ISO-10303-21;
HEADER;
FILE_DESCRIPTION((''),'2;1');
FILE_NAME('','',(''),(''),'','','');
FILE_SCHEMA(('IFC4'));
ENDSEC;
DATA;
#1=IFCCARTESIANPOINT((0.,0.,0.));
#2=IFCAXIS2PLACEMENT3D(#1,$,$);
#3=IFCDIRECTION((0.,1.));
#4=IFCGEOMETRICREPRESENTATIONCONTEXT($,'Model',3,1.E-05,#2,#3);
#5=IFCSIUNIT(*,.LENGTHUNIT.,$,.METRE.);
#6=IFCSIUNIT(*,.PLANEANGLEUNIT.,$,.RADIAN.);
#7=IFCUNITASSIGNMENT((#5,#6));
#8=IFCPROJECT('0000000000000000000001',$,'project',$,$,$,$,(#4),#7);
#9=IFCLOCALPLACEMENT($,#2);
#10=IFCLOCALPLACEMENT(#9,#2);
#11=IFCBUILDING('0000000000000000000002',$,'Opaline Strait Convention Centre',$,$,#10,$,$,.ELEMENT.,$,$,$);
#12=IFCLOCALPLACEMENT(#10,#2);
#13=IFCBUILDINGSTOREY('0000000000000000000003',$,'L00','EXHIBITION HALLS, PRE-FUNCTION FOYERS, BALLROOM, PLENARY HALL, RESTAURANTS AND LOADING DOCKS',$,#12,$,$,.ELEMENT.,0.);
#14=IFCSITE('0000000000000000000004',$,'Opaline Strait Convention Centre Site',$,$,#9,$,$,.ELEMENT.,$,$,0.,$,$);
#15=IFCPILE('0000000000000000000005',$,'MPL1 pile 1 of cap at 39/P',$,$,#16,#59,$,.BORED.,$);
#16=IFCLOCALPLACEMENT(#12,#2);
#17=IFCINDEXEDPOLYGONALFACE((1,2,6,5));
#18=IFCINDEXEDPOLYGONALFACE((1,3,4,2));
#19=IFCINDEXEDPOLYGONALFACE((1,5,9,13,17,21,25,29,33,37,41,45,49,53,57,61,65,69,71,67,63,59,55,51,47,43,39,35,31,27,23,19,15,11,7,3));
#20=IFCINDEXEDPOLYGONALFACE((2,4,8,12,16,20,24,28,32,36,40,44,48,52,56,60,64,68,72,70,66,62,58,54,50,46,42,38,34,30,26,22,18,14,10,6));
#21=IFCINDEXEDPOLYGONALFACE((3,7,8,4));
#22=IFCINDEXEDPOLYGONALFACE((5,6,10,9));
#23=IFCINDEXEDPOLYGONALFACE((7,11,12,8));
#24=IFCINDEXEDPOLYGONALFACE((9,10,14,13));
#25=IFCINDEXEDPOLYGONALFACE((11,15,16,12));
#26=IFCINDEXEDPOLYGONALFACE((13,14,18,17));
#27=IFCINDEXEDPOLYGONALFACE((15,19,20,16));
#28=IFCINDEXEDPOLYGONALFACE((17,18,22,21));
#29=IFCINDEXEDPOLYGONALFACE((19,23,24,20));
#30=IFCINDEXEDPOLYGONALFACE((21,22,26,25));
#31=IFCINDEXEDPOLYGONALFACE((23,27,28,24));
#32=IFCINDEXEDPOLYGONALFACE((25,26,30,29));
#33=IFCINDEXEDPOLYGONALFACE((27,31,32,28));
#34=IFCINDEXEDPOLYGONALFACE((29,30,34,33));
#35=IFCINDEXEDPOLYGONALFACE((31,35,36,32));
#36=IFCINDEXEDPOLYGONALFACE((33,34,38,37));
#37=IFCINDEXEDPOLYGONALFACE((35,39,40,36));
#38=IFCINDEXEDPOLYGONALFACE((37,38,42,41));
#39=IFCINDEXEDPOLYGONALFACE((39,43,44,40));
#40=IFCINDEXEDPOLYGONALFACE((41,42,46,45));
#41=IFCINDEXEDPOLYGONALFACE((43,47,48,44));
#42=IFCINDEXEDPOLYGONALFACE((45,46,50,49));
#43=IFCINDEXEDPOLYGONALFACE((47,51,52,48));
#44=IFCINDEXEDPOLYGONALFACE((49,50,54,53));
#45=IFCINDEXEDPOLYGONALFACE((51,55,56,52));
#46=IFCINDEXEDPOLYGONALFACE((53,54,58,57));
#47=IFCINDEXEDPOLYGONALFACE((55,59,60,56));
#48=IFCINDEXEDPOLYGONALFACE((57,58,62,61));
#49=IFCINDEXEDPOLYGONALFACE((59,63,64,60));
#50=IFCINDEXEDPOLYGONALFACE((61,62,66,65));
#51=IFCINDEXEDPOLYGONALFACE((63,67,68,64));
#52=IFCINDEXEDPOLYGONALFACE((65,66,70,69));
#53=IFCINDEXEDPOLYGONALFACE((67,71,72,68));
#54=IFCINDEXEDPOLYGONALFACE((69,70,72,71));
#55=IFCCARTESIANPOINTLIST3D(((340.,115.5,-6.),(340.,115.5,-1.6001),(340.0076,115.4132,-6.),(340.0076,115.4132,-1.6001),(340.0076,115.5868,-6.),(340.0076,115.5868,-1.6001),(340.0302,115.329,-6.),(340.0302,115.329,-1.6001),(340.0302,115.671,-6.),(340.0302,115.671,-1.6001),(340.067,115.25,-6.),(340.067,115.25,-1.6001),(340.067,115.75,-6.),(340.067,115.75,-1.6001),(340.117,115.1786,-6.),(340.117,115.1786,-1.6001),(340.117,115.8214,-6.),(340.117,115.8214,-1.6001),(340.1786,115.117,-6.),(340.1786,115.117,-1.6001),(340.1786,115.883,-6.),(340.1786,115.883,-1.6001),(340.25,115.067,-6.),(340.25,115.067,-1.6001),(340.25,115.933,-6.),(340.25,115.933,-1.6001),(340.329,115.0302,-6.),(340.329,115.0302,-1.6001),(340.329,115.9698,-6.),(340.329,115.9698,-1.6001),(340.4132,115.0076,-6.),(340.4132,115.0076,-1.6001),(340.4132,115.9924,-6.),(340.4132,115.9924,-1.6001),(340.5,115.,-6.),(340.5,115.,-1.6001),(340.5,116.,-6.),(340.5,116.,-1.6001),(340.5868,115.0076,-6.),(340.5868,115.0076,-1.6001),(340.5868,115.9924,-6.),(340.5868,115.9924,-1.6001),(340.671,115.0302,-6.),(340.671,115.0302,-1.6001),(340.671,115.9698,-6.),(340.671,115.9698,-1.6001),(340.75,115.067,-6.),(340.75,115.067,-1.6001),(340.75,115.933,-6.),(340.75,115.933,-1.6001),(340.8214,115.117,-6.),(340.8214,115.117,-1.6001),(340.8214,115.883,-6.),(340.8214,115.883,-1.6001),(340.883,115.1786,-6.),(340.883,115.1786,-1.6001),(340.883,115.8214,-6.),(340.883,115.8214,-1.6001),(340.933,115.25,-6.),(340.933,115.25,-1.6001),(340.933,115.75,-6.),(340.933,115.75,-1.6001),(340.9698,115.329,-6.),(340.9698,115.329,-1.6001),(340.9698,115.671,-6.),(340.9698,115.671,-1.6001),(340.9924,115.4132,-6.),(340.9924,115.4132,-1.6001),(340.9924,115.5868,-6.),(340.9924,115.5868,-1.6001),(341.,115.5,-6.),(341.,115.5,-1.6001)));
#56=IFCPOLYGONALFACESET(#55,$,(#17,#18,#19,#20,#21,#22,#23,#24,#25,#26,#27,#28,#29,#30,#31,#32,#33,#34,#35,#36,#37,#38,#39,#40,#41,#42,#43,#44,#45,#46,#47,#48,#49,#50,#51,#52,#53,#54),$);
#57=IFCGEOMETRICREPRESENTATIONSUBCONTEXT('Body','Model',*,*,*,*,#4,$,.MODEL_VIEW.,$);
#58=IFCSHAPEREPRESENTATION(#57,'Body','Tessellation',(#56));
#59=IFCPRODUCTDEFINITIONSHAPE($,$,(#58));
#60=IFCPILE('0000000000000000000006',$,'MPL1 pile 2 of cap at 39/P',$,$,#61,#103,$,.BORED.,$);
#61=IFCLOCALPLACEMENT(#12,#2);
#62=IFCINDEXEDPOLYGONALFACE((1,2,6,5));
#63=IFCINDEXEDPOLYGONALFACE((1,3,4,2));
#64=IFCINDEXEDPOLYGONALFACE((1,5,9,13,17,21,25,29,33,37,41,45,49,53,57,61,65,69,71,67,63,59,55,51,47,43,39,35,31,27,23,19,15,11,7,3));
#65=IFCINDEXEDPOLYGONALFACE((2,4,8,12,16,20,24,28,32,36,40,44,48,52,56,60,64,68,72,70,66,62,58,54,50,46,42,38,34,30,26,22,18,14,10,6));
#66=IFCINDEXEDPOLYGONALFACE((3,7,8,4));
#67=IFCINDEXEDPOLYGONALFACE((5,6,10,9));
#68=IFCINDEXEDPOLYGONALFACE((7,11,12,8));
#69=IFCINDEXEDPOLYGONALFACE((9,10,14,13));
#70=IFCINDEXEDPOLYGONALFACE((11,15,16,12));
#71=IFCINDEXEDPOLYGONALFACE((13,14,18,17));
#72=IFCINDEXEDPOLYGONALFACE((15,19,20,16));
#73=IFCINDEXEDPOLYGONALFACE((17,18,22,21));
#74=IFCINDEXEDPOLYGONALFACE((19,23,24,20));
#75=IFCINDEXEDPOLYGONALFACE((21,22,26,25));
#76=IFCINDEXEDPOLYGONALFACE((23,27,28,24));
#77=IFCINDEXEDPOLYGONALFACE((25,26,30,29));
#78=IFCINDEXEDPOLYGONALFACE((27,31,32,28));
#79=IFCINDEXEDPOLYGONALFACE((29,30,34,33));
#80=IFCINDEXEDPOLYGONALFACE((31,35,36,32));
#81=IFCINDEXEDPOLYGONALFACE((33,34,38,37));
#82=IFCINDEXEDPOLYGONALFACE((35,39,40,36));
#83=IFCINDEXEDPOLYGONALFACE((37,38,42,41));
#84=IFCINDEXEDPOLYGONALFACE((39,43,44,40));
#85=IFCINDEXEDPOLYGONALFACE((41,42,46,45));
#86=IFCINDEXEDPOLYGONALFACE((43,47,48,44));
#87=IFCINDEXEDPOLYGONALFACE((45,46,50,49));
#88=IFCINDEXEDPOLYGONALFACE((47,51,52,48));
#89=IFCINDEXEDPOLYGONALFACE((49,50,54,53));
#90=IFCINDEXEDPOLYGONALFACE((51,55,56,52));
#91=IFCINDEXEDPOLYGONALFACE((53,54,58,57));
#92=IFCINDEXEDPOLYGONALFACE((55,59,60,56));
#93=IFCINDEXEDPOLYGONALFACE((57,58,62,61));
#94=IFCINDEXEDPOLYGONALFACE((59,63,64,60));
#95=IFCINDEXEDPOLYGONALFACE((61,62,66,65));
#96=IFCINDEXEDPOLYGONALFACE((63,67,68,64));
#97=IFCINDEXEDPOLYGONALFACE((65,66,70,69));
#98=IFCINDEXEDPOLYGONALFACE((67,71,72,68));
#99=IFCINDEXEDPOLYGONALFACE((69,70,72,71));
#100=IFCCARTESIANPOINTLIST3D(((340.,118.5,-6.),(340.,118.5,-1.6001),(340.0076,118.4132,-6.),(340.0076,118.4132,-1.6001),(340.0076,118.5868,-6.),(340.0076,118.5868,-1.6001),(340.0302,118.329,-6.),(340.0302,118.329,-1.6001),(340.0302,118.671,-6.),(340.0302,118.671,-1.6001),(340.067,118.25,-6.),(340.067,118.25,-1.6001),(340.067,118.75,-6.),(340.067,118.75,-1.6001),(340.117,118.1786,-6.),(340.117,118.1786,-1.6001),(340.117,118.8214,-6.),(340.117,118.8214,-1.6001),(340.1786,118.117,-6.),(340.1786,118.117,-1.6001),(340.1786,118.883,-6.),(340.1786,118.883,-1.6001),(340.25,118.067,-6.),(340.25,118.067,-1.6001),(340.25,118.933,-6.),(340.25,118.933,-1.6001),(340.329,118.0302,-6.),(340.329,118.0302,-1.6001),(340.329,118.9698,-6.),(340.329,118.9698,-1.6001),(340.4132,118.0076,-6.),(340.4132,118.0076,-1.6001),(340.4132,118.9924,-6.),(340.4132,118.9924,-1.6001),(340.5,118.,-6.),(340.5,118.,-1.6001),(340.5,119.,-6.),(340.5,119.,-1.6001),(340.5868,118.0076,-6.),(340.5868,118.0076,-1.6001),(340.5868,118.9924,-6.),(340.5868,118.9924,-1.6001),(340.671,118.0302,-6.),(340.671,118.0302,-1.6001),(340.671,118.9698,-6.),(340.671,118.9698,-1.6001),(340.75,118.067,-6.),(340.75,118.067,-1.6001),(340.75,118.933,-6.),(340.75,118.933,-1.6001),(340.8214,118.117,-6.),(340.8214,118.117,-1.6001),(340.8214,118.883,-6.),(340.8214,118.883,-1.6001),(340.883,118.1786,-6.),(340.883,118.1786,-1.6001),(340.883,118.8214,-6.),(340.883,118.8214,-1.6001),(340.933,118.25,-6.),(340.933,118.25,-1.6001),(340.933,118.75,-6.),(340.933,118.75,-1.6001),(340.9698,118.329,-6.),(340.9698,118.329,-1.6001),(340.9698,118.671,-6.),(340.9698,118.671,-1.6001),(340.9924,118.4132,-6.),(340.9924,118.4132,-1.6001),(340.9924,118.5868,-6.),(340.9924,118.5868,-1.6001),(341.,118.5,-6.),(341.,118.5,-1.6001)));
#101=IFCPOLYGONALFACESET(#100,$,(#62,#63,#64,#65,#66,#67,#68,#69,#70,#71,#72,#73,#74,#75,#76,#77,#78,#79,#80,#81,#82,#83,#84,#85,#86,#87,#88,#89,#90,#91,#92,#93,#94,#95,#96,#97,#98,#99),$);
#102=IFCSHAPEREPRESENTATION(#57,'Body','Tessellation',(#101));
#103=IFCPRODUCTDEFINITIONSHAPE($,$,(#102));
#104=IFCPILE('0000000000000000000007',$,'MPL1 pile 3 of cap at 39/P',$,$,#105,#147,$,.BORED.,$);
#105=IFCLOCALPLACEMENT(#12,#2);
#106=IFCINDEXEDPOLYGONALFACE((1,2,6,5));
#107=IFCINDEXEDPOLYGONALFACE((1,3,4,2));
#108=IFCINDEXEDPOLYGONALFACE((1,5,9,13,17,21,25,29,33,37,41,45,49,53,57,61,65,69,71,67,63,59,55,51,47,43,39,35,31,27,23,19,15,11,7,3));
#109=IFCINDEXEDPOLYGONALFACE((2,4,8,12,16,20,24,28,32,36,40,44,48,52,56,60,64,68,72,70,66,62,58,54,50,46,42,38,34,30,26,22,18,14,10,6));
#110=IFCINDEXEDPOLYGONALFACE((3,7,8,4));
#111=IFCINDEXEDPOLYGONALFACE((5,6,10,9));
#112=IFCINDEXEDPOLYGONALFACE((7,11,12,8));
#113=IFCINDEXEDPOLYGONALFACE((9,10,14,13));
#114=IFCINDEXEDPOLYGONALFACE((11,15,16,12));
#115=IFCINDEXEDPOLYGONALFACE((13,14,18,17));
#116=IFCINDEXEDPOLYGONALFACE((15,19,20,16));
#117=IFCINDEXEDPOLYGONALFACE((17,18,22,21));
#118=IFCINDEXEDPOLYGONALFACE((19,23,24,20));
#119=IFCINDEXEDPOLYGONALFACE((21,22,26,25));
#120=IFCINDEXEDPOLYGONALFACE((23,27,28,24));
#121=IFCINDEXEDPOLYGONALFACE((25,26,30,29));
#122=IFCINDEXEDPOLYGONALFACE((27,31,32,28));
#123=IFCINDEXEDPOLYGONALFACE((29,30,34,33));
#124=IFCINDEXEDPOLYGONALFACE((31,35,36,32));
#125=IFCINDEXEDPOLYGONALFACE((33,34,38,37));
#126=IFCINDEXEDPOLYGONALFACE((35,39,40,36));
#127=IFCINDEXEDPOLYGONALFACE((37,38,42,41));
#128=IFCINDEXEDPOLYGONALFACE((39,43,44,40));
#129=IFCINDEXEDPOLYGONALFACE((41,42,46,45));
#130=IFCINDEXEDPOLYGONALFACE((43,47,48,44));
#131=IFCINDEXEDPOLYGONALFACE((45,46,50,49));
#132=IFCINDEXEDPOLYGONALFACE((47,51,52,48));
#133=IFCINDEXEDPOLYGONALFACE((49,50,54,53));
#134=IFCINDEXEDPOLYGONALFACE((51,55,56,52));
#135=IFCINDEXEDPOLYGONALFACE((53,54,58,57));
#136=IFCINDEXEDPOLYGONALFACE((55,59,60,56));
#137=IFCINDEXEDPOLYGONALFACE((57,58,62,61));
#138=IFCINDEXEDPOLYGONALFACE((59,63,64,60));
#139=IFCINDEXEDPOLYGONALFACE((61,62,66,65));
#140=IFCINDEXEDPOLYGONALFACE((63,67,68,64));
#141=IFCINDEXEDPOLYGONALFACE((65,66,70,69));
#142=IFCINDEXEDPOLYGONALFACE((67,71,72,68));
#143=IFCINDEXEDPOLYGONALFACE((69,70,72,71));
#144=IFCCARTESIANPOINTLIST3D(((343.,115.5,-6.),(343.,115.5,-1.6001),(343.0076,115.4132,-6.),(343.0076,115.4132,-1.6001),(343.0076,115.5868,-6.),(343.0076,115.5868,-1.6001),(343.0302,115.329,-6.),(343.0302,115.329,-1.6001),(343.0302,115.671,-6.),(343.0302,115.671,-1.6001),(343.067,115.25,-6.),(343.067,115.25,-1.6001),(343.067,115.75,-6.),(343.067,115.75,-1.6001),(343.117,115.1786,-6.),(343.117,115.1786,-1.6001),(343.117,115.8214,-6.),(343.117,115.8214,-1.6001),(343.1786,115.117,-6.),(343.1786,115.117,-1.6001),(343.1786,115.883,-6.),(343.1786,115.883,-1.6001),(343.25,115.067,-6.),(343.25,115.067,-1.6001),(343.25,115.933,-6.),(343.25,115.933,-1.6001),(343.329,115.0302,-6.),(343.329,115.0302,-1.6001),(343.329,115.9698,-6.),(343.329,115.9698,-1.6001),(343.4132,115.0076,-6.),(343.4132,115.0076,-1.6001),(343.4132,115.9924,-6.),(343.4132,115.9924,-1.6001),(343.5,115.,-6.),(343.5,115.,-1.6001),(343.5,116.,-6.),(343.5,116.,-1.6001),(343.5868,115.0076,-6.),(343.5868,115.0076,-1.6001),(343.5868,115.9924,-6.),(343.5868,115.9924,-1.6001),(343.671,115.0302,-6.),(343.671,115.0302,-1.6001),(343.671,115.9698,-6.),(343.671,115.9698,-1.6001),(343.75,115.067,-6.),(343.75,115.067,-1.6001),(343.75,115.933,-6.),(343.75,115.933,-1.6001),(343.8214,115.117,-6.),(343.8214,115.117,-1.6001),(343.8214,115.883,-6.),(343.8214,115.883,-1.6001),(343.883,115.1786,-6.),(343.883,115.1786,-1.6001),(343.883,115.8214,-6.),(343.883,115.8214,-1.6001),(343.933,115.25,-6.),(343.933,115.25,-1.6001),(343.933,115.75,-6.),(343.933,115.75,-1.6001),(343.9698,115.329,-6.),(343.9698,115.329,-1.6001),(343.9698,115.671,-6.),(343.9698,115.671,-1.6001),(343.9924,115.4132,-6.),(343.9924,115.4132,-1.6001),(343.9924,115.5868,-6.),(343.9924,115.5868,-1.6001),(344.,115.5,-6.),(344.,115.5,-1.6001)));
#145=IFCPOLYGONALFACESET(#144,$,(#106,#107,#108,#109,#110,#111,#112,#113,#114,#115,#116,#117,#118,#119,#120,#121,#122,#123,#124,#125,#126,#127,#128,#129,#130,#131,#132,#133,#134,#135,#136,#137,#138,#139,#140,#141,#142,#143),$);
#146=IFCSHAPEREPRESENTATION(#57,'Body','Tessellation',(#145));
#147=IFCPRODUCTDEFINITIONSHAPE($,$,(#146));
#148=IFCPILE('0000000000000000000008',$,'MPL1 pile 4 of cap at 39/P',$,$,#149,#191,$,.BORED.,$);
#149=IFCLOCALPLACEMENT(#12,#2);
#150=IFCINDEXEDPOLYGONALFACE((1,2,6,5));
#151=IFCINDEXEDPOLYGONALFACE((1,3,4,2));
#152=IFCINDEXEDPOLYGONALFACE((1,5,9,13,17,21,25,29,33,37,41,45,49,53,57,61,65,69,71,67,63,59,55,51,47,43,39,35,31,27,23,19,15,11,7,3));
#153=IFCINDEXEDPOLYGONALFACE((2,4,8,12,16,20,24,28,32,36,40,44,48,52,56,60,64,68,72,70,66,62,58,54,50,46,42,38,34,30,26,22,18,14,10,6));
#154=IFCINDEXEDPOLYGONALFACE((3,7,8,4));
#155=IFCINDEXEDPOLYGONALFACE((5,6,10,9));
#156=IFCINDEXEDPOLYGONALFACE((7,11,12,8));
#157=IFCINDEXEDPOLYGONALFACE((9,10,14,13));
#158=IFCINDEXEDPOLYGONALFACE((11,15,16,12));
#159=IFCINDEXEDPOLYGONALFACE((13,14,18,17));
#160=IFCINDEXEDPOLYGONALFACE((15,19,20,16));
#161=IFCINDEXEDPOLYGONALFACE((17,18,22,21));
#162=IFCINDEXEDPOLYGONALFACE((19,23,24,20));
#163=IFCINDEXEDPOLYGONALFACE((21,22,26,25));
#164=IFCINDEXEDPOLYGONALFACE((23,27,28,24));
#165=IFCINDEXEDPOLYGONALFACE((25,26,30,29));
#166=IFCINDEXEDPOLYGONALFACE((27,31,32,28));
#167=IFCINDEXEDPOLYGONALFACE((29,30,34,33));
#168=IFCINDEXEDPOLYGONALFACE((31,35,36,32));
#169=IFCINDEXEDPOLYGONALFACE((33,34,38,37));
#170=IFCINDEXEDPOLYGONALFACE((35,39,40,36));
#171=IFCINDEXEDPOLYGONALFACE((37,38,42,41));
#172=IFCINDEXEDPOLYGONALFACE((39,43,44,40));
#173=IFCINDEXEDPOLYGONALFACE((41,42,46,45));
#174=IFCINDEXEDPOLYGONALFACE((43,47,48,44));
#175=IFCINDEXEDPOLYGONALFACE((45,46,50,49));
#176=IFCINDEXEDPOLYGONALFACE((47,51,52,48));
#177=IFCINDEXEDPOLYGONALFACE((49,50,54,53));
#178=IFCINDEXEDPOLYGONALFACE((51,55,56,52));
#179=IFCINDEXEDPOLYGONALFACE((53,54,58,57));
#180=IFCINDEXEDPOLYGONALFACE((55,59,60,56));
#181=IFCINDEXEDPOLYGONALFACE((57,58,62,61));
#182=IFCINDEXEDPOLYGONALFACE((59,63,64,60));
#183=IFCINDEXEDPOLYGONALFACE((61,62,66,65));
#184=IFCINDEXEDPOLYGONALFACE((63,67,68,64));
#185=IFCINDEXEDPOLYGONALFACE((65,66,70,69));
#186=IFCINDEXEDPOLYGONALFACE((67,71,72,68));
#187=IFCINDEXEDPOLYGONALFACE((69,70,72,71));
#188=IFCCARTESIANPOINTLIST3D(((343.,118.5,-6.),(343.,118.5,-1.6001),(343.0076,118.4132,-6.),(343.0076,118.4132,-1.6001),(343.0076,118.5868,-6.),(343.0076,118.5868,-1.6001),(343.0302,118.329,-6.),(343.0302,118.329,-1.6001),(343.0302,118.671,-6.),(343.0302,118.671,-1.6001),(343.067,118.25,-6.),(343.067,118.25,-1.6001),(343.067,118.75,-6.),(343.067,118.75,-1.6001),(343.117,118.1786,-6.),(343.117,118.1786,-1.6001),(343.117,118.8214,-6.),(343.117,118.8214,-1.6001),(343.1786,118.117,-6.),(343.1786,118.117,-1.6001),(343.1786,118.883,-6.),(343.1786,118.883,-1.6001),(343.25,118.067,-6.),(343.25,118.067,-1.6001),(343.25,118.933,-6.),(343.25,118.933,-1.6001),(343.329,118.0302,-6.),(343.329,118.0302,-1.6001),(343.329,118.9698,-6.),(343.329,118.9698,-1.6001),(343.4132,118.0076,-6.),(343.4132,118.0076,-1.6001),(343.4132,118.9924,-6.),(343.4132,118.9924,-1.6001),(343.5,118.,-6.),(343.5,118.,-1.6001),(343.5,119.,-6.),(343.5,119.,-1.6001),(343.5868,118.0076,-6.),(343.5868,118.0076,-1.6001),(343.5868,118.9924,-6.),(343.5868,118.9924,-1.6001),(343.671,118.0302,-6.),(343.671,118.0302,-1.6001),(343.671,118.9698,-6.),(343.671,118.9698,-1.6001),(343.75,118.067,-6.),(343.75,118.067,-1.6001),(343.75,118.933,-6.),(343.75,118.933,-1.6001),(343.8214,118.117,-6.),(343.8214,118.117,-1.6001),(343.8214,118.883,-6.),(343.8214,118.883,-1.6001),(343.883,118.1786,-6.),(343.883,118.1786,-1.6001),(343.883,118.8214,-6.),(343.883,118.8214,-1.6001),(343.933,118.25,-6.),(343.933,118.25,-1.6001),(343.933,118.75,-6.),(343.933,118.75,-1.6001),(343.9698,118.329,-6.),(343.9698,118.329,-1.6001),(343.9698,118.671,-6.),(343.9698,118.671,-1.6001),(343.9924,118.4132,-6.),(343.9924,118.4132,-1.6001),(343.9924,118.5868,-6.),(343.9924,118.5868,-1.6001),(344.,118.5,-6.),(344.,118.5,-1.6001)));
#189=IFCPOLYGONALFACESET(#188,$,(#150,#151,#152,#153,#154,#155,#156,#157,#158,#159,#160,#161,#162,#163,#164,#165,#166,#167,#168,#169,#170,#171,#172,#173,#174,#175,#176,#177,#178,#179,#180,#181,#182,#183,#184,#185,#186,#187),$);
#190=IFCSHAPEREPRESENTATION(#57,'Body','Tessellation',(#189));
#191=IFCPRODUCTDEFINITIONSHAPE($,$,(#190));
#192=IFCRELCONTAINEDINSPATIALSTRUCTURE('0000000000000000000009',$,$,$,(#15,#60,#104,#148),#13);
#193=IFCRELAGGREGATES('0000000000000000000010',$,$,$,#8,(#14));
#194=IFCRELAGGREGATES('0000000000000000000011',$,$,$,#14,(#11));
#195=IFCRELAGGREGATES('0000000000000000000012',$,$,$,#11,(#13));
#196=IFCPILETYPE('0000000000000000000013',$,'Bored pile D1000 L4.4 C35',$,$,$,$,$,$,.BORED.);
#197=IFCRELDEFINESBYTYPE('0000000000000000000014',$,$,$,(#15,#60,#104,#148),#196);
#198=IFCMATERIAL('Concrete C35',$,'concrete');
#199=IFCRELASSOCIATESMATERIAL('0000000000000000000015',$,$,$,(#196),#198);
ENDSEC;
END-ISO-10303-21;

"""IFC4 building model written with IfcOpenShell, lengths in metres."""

from ifc_helpers import new_model, si_unit, direction, frame, origin, origin_2d, place, context, subcontext, project, spatial, circle, extrude, material, material_profile, profile_set, type_object, element, save


model = new_model("IFC4")

# Units and contexts
model_context = context("Model", 3, precision=1e-05, world=origin(), true_north=direction((0.0, 1.0)))
body_context = subcontext(model_context, "Body", "Model", "MODEL_VIEW")
ifc_project = project(units=[si_unit("LENGTHUNIT", "METRE"), si_unit("PLANEANGLEUNIT", "RADIAN")], contexts=[model_context])

# Site, building, storey
site_placement = place(None, origin())
site = spatial("IfcSite", under=ifc_project, at=site_placement, Name="Opaline Strait Convention Centre Site", CompositionType="ELEMENT", RefElevation=0.0)
building_placement = place(site_placement, origin())
building = spatial("IfcBuilding", under=site, at=building_placement, Name="Opaline Strait Convention Centre", CompositionType="ELEMENT")
storey_placement = place(building_placement, origin())
storey = spatial("IfcBuildingStorey", under=building, at=storey_placement, Name="L00", Description="EXHIBITION HALLS, PRE-FUNCTION FOYERS, BALLROOM, PLENARY HALL, RESTAURANTS AND LOADING DOCKS", CompositionType="ELEMENT", Elevation=0.0)

# Piles
ifc_material_1 = material(Name="Concrete C35", Category="concrete")
ifc_material_profile_1 = material_profile(ifc_material_1, circle(Radius=0.5, at=origin_2d()), Name="D1000")
ifc_profile_set_1 = profile_set([ifc_material_profile_1], Name="Concrete C35")
pile_type = type_object("IfcPileType", Name="Bored pile D1000 L4.4 C35", PredefinedType="BORED", material=ifc_profile_set_1)
for number, where, z_axis, x_axis, name in (
    (1, (340.5, 115.5, -1.6001), (0.0, 0.0, -1.0), (1.0, 0.0, 0.0), "MPL1 pile 1 of cap at 39/P"),
    (2, (340.5, 118.5, -1.6001), (0.0, 0.0, -1.0), (1.0, 0.0, 0.0), "MPL1 pile 2 of cap at 39/P"),
    (3, (343.5, 115.5, -1.6001), (0.0, 0.0, -1.0), (1.0, 0.0, 0.0), "MPL1 pile 3 of cap at 39/P"),
    (4, (343.5, 118.5, -1.6001), (0.0, 0.0, -1.0), (1.0, 0.0, 0.0), "MPL1 pile 4 of cap at 39/P"),
):
    element("IfcPile", number, at=place(storey_placement, frame(where, z_axis=z_axis, x_axis=x_axis)), inside=storey, type_object=pile_type, Name=name, PredefinedType="BORED", context=body_context, shape_type="SweptSolid", body=[
        extrude(circle(Radius=0.5, at=origin_2d()), origin(), (0.0, 0.0, 1.0), 4.3999),
    ])

save(model, "model.ifc")
